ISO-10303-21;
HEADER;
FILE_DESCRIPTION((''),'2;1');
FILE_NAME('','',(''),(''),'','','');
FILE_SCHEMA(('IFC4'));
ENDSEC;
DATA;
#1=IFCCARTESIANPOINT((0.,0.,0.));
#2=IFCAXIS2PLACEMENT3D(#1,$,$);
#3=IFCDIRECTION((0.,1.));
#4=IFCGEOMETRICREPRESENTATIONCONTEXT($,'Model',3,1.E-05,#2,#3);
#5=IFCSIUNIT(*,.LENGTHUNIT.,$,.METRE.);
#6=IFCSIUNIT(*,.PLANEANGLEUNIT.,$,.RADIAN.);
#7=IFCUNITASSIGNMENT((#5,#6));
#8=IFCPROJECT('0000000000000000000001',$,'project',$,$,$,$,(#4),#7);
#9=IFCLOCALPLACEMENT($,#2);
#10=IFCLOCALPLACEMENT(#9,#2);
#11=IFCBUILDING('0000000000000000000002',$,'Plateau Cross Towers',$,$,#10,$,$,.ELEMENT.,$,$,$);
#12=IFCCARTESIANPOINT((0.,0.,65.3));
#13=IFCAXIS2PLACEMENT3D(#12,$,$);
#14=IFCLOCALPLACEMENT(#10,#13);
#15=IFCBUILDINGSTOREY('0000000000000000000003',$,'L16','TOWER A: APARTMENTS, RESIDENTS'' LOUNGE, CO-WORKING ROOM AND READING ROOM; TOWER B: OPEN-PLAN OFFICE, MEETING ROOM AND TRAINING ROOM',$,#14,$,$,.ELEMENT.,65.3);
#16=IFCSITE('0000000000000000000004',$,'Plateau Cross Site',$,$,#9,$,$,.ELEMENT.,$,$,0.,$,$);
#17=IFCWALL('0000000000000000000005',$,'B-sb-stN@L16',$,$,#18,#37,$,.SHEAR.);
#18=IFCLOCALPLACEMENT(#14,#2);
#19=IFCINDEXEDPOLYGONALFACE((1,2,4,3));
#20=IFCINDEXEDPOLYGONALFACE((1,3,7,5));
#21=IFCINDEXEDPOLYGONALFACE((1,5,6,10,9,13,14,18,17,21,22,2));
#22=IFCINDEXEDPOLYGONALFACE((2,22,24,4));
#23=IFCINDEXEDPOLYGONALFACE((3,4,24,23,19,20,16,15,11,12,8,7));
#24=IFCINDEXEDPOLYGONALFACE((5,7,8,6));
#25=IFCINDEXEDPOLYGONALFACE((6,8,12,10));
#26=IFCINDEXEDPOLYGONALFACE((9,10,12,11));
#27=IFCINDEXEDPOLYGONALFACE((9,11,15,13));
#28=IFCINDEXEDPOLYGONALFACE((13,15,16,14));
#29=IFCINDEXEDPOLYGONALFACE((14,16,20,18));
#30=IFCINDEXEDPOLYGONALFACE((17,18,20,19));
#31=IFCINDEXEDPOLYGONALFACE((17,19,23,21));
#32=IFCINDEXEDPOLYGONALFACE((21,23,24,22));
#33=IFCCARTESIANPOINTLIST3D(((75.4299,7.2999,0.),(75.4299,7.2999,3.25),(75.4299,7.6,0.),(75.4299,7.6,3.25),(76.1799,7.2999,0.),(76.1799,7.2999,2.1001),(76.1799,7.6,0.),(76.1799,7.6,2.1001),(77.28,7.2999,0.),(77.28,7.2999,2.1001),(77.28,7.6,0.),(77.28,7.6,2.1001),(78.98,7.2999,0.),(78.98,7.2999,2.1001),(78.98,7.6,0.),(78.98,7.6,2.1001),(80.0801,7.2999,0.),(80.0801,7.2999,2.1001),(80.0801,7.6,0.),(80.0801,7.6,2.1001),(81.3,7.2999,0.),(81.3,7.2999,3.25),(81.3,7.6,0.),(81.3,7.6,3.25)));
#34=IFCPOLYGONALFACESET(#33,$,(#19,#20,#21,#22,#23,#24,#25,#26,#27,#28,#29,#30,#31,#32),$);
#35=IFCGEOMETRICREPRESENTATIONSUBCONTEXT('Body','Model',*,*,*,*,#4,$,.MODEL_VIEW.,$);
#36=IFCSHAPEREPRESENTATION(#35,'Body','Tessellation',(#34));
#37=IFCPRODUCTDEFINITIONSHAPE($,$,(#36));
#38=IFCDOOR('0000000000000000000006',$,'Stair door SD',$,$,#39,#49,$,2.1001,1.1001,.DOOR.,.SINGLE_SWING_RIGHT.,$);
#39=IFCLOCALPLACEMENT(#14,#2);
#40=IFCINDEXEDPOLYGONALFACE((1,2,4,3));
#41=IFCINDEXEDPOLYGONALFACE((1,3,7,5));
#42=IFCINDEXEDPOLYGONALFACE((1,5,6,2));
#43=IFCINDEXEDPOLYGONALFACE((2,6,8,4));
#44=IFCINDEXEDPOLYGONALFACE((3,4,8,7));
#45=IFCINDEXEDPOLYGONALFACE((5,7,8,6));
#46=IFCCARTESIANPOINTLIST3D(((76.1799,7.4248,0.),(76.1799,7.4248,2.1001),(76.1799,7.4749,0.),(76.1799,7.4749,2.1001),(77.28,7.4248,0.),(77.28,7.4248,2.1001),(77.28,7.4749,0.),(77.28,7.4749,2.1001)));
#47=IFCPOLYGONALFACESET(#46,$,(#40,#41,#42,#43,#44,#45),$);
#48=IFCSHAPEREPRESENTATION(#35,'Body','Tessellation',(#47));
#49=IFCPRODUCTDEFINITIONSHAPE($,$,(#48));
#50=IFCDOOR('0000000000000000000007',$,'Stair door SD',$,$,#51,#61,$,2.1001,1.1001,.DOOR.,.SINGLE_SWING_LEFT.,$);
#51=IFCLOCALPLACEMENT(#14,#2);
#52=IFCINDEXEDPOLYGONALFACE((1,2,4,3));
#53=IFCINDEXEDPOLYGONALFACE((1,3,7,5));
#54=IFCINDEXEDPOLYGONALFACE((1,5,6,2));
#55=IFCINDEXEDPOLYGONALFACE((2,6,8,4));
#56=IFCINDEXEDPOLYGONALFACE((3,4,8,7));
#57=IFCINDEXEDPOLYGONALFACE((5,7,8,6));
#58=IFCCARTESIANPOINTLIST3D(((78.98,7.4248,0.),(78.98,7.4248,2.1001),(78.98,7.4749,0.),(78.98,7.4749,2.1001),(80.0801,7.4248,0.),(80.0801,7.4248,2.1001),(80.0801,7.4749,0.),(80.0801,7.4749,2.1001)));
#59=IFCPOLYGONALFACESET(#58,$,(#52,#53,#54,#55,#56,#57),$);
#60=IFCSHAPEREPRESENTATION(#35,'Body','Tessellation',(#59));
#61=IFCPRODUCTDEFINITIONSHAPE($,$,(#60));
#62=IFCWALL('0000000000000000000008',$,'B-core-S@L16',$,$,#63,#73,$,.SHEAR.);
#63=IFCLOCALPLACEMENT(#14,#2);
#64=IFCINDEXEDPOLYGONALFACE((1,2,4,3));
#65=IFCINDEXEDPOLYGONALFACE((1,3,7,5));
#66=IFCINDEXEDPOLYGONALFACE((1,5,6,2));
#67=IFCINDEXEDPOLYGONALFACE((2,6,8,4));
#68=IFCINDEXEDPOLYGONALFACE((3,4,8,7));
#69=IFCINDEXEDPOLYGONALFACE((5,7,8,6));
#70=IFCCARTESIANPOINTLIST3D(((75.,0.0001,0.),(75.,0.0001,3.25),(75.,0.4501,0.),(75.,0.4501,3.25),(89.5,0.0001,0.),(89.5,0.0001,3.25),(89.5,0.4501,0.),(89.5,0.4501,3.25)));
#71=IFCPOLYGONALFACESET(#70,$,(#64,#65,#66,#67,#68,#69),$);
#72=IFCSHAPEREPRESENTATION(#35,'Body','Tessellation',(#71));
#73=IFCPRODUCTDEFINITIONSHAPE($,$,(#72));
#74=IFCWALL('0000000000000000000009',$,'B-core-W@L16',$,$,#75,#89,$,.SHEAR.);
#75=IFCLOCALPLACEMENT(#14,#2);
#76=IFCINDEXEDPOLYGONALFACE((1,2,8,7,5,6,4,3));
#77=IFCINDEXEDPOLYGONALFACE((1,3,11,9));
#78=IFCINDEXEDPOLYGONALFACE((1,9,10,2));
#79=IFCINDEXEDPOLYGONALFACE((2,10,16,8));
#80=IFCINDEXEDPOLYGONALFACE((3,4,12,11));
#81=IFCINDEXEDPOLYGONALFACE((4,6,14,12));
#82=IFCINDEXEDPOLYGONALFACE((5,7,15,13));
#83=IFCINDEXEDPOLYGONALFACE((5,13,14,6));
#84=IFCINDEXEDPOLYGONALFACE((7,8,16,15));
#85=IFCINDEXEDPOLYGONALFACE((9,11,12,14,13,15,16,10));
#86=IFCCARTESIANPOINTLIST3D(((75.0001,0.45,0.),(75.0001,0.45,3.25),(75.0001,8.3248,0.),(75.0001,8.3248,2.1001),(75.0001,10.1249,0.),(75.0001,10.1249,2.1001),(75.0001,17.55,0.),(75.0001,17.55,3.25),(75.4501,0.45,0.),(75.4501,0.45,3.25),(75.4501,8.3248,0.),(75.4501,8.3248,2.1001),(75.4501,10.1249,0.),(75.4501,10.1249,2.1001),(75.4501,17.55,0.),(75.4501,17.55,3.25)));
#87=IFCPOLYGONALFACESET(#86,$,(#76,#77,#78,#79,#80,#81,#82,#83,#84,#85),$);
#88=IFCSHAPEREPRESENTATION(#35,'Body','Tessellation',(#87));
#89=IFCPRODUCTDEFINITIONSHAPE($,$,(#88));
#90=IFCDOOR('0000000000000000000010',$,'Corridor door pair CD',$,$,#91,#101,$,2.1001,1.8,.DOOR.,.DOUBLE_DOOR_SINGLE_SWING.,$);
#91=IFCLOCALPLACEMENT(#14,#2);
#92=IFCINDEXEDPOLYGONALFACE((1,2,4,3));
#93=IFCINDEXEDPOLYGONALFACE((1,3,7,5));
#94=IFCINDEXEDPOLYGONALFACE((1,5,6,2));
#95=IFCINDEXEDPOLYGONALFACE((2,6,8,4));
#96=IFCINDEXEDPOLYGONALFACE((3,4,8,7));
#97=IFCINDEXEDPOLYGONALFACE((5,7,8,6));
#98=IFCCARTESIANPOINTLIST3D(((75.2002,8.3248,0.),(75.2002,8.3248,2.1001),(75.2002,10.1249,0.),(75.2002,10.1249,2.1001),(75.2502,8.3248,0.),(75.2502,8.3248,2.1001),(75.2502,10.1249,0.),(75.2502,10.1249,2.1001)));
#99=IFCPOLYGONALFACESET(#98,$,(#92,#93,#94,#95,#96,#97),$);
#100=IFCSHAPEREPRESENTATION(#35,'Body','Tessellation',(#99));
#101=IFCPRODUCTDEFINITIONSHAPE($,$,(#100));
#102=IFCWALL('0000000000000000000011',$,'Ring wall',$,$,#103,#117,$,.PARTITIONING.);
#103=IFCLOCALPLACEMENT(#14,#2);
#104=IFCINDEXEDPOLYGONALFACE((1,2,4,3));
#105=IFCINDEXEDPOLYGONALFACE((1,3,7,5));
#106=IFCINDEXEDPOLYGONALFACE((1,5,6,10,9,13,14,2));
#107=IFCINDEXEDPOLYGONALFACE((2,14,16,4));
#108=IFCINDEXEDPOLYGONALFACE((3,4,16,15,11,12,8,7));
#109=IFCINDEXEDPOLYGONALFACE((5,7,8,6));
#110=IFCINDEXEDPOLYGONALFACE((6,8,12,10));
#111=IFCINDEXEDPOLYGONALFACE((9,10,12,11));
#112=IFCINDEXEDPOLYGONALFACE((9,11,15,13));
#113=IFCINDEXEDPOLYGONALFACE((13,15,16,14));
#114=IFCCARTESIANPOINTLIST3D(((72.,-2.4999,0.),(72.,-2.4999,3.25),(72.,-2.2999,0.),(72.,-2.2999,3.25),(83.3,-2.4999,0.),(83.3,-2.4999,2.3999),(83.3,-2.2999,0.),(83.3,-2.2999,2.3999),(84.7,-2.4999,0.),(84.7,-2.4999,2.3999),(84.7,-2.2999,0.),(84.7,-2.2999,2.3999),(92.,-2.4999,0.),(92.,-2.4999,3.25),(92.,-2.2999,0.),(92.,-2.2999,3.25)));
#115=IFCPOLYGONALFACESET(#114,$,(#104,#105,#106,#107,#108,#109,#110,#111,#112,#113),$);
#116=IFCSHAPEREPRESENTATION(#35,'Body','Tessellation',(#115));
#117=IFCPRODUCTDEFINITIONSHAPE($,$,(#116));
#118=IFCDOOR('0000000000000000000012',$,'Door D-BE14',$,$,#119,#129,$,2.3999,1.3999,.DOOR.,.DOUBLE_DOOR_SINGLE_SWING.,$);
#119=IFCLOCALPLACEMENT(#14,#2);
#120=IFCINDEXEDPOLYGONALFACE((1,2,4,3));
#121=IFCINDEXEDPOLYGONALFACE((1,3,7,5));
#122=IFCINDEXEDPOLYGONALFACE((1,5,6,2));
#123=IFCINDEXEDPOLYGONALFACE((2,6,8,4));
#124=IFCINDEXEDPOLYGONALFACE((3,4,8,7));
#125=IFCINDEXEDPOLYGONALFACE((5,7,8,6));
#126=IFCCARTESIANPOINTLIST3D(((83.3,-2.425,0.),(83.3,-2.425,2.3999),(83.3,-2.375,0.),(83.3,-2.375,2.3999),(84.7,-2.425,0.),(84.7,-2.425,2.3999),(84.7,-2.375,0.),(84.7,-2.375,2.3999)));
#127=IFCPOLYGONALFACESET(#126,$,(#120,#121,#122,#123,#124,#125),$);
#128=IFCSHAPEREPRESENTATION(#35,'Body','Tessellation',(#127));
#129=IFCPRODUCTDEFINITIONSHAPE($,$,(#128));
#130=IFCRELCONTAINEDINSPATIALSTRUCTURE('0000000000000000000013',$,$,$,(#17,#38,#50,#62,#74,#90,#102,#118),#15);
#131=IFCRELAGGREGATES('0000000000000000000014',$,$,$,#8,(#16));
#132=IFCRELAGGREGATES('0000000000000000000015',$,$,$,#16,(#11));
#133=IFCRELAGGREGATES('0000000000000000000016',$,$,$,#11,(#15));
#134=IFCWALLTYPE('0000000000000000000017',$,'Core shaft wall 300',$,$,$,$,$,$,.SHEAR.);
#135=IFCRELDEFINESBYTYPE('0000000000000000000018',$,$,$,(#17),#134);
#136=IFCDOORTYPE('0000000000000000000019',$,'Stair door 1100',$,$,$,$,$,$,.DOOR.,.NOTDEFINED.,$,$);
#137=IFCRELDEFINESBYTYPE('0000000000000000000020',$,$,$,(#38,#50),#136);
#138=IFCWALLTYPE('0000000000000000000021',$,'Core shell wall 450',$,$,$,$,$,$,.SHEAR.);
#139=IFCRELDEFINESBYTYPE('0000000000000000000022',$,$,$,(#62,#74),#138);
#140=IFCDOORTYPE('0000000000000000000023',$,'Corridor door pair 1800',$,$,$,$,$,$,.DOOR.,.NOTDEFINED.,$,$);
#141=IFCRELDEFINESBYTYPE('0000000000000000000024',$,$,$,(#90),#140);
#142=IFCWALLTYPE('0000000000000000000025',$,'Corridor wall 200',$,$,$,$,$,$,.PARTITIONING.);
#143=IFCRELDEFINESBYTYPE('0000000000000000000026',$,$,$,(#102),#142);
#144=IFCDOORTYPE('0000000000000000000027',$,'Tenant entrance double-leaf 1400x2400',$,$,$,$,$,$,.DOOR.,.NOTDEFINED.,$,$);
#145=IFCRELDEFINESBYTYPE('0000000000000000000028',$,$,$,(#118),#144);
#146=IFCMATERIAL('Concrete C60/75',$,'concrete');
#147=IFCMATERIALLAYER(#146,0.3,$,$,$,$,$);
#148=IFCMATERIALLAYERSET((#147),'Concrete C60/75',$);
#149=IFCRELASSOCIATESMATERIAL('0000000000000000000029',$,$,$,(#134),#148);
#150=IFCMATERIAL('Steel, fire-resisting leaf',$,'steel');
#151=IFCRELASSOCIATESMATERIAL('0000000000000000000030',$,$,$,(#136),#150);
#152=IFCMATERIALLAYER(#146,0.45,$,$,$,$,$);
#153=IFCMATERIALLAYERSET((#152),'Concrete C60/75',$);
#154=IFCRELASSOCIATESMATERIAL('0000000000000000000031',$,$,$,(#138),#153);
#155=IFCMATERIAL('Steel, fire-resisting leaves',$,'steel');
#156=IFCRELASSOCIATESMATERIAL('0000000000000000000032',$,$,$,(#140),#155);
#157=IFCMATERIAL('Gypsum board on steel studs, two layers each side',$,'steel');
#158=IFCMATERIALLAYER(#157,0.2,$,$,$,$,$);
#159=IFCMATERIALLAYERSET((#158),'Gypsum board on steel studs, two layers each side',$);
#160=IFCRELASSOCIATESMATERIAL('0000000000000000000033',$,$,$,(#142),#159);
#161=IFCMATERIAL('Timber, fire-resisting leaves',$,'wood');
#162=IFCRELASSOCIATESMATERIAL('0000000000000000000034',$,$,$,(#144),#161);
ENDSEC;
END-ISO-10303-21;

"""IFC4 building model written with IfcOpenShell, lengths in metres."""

from ifc_helpers import new_model, si_unit, direction, frame, frame_2d, origin, place, context, subcontext, project, spatial, rectangle, extrude, material, layer, layer_set, type_object, element, fill, save


model = new_model("IFC4")

# Units and contexts
model_context = context("Model", 3, precision=1e-05, world=origin(), true_north=direction((0.0, 1.0)))
body_context = subcontext(model_context, "Body", "Model", "MODEL_VIEW")
ifc_project = project(units=[si_unit("LENGTHUNIT", "METRE"), si_unit("PLANEANGLEUNIT", "RADIAN")], contexts=[model_context])

# Site, building, storey
site_placement = place(None, origin())
site = spatial("IfcSite", under=ifc_project, at=site_placement, Name="Plateau Cross Site", CompositionType="ELEMENT", RefElevation=0.0)
building_placement = place(site_placement, origin())
building = spatial("IfcBuilding", under=site, at=building_placement, Name="Plateau Cross Towers", CompositionType="ELEMENT")
storey_placement = place(building_placement, frame((0.0, 0.0, 65.3)))
storey = spatial("IfcBuildingStorey", under=building, at=storey_placement, Name="L16", Description="TOWER A: APARTMENTS, RESIDENTS' LOUNGE, CO-WORKING ROOM AND READING ROOM; TOWER B: OPEN-PLAN OFFICE, MEETING ROOM AND TRAINING ROOM", CompositionType="ELEMENT", Elevation=65.3)

# Shared definitions
ifc_material_1 = material(Name="Concrete C60/75", Category="concrete")

# Shared definitions
ifc_layer_1 = layer(ifc_material_1, 0.3)
ifc_layer_set_1 = layer_set([ifc_layer_1], Name="Concrete C60/75")
wall_type_1 = type_object("IfcWallType", Name="Core shaft wall 300", PredefinedType="SHEAR", material=ifc_layer_set_1)

# Wall, openings, doors
wall_1_placement = place(storey_placement, frame((75.4299, 7.45, 0.0), z_axis=(0.0, 0.0, 1.0), x_axis=(1.0, 0.0, 0.0)))
wall_1 = element("IfcWall", 1, at=wall_1_placement, inside=storey, type_object=wall_type_1, Name="B-sb-stN@L16", PredefinedType="SHEAR", context=body_context, shape_type="SweptSolid", body=[
    extrude(rectangle(XDim=5.8701, YDim=0.3, at=frame_2d((2.9351, 0.0))), origin(), (0.0, 0.0, 1.0), 3.25),
])
opening_1_placement = place(wall_1_placement, frame((0.75, 0.0, 0.0)))
opening_1 = element("IfcOpeningElement", 2, at=opening_1_placement, cuts=wall_1, PredefinedType="OPENING", context=body_context, shape_type="SweptSolid", body=[
    extrude(rectangle(XDim=1.1001, YDim=2.1001, at=frame_2d((0.55, 1.05))), frame((0.0, 0.1599, 0.0), z_axis=(0.0, -1.0, 0.0), x_axis=(1.0, 0.0, 0.0)), (0.0, 0.0, 1.0), 0.3201),
])
opening_2_placement = place(wall_1_placement, frame((3.55, 0.0, 0.0)))
opening_2 = element("IfcOpeningElement", 3, at=opening_2_placement, cuts=wall_1, PredefinedType="OPENING", context=body_context, shape_type="SweptSolid", body=[
    extrude(rectangle(XDim=1.1001, YDim=2.1001, at=frame_2d((0.55, 1.05))), frame((0.0, 0.1599, 0.0), z_axis=(0.0, -1.0, 0.0), x_axis=(1.0, 0.0, 0.0)), (0.0, 0.0, 1.0), 0.3201),
])
ifc_material_2 = material(Name="Steel, fire-resisting leaf", Category="steel")
door_type_1 = type_object("IfcDoorType", Name="Stair door 1100", OperationType="NOTDEFINED", PredefinedType="DOOR", material=ifc_material_2)
door_1_placement = place(opening_1_placement, origin())
door_1 = element("IfcDoor", 4, at=door_1_placement, inside=storey, type_object=door_type_1, Name="Stair door SD", OperationType="SINGLE_SWING_RIGHT", OverallHeight=2.1001, OverallWidth=1.1001, PredefinedType="DOOR", context=body_context, shape_type="SweptSolid", body=[
    extrude(rectangle(XDim=1.1001, YDim=2.1001, at=frame_2d((0.55, 1.05))), frame((0.0, 0.0249, 0.0), z_axis=(0.0, -1.0, 0.0), x_axis=(1.0, 0.0, 0.0)), (0.0, 0.0, 1.0), 0.05),
])
fill(opening_1, door_1)
door_2_placement = place(opening_2_placement, origin())
door_2 = element("IfcDoor", 5, at=door_2_placement, inside=storey, type_object=door_type_1, Name="Stair door SD", OperationType="SINGLE_SWING_LEFT", OverallHeight=2.1001, OverallWidth=1.1001, PredefinedType="DOOR", context=body_context, shape_type="SweptSolid", body=[
    extrude(rectangle(XDim=1.1001, YDim=2.1001, at=frame_2d((0.55, 1.05))), frame((0.0, 0.0249, 0.0), z_axis=(0.0, -1.0, 0.0), x_axis=(1.0, 0.0, 0.0)), (0.0, 0.0, 1.0), 0.05),
])
fill(opening_2, door_2)

# Wall
ifc_layer_2 = layer(ifc_material_1, 0.45)
ifc_layer_set_2 = layer_set([ifc_layer_2], Name="Concrete C60/75")
wall_type_2 = type_object("IfcWallType", Name="Core shell wall 450", PredefinedType="SHEAR", material=ifc_layer_set_2)
wall_2_placement = place(storey_placement, frame((75.0, 0.2251, 0.0), z_axis=(0.0, 0.0, 1.0), x_axis=(1.0, 0.0, 0.0)))
element("IfcWall", 6, at=wall_2_placement, inside=storey, type_object=wall_type_2, Name="B-core-S@L16", PredefinedType="SHEAR", context=body_context, shape_type="SweptSolid", body=[
    extrude(rectangle(XDim=14.5, YDim=0.45, at=frame_2d((7.25, 0.0))), origin(), (0.0, 0.0, 1.0), 3.25),
])

# Walls, openings, doors
wall_3_placement = place(storey_placement, frame((75.2251, 0.45, 0.0), z_axis=(0.0, 0.0, 1.0), x_axis=(0.0, 1.0, 0.0)))
wall_3 = element("IfcWall", 7, at=wall_3_placement, inside=storey, type_object=wall_type_2, Name="B-core-W@L16", PredefinedType="SHEAR", context=body_context, shape_type="SweptSolid", body=[
    extrude(rectangle(XDim=17.1001, YDim=0.45, at=frame_2d((8.55, 0.0))), origin(), (0.0, 0.0, 1.0), 3.25),
])
opening_3_placement = place(wall_3_placement, frame((7.875, 0.0, 0.0)))
opening_3 = element("IfcOpeningElement", 8, at=opening_3_placement, cuts=wall_3, PredefinedType="OPENING", context=body_context, shape_type="SweptSolid", body=[
    extrude(rectangle(XDim=1.8, YDim=2.1001, at=frame_2d((0.8999, 1.05))), frame((0.0, 0.2349, 0.0), z_axis=(0.0, -1.0, 0.0), x_axis=(1.0, 0.0, 0.0)), (0.0, 0.0, 1.0), 0.47),
])
ifc_material_3 = material(Name="Steel, fire-resisting leaves", Category="steel")
door_type_2 = type_object("IfcDoorType", Name="Corridor door pair 1800", OperationType="NOTDEFINED", PredefinedType="DOOR", material=ifc_material_3)
door_3_placement = place(opening_3_placement, origin())
door_3 = element("IfcDoor", 9, at=door_3_placement, inside=storey, type_object=door_type_2, Name="Corridor door pair CD", OperationType="DOUBLE_DOOR_SINGLE_SWING", OverallHeight=2.1001, OverallWidth=1.8, PredefinedType="DOOR", context=body_context, shape_type="SweptSolid", body=[
    extrude(rectangle(XDim=1.8, YDim=2.1001, at=frame_2d((0.8999, 1.05))), frame((0.0, 0.0249, 0.0), z_axis=(0.0, -1.0, 0.0), x_axis=(1.0, 0.0, 0.0)), (0.0, 0.0, 1.0), 0.05),
])
fill(opening_3, door_3)
ifc_material_4 = material(Name="Gypsum board on steel studs, two layers each side", Category="steel")
ifc_layer_3 = layer(ifc_material_4, 0.2)
ifc_layer_set_3 = layer_set([ifc_layer_3], Name="Gypsum board on steel studs, two layers each side")
wall_type_3 = type_object("IfcWallType", Name="Corridor wall 200", PredefinedType="PARTITIONING", material=ifc_layer_set_3)
wall_4_placement = place(storey_placement, frame((72.0, -2.3999, 0.0), z_axis=(0.0, 0.0, 1.0), x_axis=(1.0, 0.0, 0.0)))
wall_4 = element("IfcWall", 10, at=wall_4_placement, inside=storey, type_object=wall_type_3, Name="Ring wall", PredefinedType="PARTITIONING", context=body_context, shape_type="SweptSolid", body=[
    extrude(rectangle(XDim=20.0, YDim=0.2, at=frame_2d((10.0, 0.0))), origin(), (0.0, 0.0, 1.0), 3.25),
])
opening_4_placement = place(wall_4_placement, frame((11.3, 0.0, 0.0)))
opening_4 = element("IfcOpeningElement", 11, at=opening_4_placement, cuts=wall_4, PredefinedType="OPENING", context=body_context, shape_type="SweptSolid", body=[
    extrude(rectangle(XDim=1.3999, YDim=2.3999, at=frame_2d((0.7, 1.2))), frame((0.0, 0.1099, 0.0), z_axis=(0.0, -1.0, 0.0), x_axis=(1.0, 0.0, 0.0)), (0.0, 0.0, 1.0), 0.22),
])
ifc_material_5 = material(Name="Timber, fire-resisting leaves", Category="wood")
door_type_3 = type_object("IfcDoorType", Name="Tenant entrance double-leaf 1400x2400", OperationType="NOTDEFINED", PredefinedType="DOOR", material=ifc_material_5)
door_4_placement = place(opening_4_placement, origin())
door_4 = element("IfcDoor", 12, at=door_4_placement, inside=storey, type_object=door_type_3, Name="Door D-BE14", OperationType="DOUBLE_DOOR_SINGLE_SWING", OverallHeight=2.3999, OverallWidth=1.3999, PredefinedType="DOOR", context=body_context, shape_type="SweptSolid", body=[
    extrude(rectangle(XDim=1.3999, YDim=2.3999, at=frame_2d((0.7, 1.2))), frame((0.0, 0.0249, 0.0), z_axis=(0.0, -1.0, 0.0), x_axis=(1.0, 0.0, 0.0)), (0.0, 0.0, 1.0), 0.05),
])
fill(opening_4, door_4)

save(model, "model.ifc")
